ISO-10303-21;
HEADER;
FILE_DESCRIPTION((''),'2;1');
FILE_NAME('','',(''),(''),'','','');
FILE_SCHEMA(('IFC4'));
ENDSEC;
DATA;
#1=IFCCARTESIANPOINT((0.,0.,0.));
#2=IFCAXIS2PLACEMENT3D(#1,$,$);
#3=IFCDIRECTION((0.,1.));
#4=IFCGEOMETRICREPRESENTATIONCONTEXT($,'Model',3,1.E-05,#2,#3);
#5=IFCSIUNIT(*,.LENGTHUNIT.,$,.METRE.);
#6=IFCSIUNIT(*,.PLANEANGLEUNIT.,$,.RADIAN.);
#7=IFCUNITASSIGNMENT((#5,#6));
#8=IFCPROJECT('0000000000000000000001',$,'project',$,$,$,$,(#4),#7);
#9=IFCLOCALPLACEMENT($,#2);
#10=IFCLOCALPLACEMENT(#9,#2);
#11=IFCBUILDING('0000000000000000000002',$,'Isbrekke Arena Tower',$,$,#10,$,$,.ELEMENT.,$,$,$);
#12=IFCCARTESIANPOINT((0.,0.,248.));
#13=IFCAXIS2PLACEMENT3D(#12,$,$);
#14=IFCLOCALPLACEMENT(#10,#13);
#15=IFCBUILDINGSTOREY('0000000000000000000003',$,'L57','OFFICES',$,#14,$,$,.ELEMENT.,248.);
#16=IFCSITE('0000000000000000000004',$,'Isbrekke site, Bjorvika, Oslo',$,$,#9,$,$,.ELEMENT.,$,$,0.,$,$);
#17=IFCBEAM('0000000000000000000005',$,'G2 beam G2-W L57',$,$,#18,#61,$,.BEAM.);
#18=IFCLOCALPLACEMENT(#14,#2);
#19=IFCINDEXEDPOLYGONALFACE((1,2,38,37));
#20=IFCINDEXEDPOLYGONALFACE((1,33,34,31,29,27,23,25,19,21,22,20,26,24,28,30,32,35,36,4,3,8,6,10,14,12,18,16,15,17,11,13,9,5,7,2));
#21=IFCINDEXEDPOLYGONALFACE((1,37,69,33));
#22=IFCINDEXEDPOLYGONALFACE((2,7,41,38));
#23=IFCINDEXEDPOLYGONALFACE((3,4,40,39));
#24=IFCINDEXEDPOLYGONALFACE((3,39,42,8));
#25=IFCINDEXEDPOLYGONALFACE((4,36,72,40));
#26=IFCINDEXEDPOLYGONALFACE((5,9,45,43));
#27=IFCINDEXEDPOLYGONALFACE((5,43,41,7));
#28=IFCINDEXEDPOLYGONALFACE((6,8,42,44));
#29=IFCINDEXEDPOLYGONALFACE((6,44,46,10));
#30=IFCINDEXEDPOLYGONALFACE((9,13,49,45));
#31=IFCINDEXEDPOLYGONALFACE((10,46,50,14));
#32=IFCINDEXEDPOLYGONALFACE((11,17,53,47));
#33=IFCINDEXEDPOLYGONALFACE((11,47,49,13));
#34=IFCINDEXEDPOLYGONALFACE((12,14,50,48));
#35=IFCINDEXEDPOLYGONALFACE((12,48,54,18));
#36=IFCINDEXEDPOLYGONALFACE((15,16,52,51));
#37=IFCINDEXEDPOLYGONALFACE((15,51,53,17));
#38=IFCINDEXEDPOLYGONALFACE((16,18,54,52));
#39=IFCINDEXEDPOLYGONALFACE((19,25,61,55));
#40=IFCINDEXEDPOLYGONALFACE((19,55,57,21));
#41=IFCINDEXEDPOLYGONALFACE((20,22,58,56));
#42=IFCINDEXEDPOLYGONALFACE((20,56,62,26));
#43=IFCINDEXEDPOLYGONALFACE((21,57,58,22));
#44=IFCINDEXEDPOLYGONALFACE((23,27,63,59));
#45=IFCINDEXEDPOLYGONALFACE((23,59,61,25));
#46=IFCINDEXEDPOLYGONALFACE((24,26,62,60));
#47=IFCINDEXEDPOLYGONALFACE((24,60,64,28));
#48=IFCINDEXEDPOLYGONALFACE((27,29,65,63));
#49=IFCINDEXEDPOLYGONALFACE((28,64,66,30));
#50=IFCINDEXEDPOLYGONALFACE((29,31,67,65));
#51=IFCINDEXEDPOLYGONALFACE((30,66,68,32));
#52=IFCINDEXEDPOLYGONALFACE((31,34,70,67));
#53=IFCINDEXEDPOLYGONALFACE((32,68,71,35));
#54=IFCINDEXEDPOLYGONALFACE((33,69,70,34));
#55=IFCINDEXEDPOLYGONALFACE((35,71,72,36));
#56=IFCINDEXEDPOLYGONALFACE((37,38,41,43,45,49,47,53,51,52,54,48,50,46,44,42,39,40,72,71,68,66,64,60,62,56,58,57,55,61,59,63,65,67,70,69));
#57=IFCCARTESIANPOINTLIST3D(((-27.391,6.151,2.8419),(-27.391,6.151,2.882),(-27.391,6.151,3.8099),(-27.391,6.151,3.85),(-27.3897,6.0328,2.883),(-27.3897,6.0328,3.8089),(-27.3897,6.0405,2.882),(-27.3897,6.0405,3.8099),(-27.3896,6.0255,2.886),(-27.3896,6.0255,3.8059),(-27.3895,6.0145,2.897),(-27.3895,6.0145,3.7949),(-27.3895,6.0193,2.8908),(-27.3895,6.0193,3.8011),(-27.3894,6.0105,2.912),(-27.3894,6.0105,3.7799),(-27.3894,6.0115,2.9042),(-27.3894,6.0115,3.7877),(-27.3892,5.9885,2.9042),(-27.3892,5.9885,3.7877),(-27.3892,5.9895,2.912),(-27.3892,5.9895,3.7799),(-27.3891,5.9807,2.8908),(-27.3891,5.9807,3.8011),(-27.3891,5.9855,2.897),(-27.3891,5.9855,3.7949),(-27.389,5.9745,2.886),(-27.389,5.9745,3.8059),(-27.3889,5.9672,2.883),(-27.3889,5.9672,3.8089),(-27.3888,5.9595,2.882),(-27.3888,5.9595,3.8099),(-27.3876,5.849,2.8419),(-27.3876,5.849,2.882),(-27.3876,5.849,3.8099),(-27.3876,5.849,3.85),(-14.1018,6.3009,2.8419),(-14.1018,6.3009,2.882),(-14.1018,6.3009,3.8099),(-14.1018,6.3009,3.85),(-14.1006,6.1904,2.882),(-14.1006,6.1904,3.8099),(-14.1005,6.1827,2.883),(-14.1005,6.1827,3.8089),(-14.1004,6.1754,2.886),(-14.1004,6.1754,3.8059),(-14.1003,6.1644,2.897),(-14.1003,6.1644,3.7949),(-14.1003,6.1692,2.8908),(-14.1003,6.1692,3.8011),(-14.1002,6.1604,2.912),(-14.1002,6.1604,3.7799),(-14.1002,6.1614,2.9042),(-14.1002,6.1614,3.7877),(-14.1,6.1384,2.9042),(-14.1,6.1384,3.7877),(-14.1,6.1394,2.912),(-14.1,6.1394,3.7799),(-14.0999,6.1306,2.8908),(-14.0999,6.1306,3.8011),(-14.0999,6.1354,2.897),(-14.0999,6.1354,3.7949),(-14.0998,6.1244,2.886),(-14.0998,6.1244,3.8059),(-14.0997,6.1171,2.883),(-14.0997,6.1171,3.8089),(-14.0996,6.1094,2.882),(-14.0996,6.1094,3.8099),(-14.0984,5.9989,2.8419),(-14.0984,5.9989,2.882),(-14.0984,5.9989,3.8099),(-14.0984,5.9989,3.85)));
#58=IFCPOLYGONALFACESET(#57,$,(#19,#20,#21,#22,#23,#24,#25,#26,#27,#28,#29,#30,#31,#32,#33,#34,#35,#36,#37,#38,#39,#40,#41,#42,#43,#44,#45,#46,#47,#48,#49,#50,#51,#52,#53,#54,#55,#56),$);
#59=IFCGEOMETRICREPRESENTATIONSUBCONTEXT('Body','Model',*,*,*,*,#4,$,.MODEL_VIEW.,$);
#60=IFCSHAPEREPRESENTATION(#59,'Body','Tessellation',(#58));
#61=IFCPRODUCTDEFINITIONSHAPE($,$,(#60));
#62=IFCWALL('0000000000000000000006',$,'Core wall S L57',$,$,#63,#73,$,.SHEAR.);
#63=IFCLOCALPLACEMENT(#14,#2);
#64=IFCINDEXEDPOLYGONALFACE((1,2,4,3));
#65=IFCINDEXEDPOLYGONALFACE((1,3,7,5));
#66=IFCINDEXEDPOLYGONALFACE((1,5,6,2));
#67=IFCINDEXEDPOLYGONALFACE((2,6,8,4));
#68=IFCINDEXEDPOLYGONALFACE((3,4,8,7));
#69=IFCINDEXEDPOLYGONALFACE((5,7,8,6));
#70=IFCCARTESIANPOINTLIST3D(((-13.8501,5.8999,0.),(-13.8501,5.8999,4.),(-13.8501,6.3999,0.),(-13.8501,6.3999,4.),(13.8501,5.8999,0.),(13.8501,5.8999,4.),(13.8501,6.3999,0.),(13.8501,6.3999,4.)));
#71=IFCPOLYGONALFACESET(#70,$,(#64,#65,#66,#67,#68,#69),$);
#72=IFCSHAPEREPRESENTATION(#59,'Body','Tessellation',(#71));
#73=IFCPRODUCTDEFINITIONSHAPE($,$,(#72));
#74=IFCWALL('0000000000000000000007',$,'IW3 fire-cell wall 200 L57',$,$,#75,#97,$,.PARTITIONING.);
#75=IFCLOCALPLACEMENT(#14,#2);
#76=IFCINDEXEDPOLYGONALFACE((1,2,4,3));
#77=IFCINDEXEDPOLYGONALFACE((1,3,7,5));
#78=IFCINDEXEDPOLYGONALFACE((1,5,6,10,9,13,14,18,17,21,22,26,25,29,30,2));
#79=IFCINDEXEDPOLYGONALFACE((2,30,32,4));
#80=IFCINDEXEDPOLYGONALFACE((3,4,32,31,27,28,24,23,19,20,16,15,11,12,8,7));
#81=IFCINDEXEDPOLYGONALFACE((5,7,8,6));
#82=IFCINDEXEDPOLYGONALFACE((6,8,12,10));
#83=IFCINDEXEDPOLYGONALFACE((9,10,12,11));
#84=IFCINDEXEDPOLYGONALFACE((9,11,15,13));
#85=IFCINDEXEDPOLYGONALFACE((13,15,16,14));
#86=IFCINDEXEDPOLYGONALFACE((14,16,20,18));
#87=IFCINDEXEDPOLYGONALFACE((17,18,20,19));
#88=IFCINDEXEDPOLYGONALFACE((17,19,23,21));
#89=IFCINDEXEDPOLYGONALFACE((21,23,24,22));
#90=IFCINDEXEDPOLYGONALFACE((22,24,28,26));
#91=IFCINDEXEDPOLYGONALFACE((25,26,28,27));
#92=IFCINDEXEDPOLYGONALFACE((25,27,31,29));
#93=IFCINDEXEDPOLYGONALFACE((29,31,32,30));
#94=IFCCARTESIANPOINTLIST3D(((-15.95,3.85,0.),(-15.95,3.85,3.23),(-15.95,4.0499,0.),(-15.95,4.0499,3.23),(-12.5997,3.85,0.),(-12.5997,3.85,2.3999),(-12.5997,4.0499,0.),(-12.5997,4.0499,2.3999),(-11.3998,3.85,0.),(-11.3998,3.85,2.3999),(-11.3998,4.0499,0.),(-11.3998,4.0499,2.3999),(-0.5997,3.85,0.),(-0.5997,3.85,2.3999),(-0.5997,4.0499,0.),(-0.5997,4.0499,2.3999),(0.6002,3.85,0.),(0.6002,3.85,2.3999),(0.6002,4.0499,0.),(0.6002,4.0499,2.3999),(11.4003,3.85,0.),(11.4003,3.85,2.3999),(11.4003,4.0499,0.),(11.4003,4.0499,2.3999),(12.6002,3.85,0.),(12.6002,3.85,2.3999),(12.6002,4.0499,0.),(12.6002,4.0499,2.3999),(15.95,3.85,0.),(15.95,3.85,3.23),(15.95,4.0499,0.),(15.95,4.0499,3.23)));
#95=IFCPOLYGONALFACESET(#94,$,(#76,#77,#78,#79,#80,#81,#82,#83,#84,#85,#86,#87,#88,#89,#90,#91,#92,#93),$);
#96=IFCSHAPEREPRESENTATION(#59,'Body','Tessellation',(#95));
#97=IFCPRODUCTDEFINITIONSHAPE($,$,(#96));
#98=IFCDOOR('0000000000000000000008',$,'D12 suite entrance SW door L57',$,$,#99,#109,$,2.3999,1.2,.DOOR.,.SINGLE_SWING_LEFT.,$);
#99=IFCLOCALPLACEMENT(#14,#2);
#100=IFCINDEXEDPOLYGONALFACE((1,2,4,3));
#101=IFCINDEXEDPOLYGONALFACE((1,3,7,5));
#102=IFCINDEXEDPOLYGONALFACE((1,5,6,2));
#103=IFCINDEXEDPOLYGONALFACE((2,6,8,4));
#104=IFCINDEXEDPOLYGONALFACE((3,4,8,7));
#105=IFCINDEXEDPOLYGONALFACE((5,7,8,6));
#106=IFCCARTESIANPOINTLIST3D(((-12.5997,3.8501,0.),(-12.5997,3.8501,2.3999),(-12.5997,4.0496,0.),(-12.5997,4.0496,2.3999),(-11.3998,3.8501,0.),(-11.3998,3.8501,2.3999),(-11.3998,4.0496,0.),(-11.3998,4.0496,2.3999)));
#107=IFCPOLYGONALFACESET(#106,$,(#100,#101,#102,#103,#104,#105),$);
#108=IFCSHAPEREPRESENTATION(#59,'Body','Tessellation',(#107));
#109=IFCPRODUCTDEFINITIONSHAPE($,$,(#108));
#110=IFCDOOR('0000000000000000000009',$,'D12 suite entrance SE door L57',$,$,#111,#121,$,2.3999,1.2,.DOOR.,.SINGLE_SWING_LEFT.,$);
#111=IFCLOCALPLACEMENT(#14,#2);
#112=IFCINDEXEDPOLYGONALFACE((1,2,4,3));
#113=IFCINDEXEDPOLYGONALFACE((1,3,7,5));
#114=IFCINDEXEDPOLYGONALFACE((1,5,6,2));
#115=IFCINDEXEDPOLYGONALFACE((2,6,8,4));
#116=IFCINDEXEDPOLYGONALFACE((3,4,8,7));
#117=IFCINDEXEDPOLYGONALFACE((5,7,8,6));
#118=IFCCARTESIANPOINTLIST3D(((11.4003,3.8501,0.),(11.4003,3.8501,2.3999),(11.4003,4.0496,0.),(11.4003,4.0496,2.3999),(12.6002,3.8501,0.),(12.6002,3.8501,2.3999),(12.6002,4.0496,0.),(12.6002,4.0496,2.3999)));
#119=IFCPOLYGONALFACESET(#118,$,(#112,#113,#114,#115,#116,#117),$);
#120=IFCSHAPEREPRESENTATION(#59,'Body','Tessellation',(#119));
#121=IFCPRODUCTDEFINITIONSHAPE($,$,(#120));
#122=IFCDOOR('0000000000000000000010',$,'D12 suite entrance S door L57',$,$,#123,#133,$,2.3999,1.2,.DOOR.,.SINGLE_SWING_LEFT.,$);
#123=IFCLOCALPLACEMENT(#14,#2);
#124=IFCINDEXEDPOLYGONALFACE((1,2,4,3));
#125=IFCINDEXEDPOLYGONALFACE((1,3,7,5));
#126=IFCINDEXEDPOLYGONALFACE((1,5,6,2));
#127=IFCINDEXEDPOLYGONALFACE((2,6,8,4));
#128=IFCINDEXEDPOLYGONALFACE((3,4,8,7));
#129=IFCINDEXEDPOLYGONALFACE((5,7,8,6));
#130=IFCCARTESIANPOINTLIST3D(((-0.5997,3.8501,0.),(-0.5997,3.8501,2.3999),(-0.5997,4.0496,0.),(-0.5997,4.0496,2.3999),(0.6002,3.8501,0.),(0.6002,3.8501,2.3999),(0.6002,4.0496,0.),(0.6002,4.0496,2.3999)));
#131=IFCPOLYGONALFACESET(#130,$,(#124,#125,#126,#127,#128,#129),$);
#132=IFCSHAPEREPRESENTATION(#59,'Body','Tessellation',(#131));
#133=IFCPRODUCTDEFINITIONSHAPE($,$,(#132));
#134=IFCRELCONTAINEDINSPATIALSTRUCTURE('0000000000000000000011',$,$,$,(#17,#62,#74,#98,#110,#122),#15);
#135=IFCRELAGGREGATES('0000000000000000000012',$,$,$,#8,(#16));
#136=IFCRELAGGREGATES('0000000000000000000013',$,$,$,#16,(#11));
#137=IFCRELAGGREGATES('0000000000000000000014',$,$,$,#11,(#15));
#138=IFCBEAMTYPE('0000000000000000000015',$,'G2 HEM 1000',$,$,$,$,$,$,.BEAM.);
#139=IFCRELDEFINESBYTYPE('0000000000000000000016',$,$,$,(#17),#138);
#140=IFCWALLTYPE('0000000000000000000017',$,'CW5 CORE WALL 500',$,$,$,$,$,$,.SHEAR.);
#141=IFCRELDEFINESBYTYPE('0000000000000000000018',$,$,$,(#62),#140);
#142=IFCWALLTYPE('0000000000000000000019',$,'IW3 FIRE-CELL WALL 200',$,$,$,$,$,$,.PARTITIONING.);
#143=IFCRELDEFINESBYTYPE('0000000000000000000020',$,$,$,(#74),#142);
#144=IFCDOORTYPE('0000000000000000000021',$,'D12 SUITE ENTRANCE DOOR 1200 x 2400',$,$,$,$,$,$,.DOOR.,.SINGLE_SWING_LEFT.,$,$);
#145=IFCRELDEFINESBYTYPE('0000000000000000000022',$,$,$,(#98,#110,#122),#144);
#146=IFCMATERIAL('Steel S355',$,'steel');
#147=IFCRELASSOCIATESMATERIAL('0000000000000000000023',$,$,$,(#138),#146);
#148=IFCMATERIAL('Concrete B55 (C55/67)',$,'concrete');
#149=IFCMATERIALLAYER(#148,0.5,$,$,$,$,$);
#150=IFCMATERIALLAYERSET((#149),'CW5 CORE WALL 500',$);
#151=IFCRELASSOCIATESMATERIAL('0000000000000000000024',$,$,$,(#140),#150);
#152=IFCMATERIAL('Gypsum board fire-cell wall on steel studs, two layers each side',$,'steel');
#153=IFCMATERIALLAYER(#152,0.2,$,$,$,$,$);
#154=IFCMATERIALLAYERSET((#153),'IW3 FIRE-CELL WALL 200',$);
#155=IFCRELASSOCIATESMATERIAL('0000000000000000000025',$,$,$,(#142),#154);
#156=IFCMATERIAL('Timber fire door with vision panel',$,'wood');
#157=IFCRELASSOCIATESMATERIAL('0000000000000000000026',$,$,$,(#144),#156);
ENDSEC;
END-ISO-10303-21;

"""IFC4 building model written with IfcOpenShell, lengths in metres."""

from ifc_helpers import new_model, si_unit, direction, frame, frame_2d, origin, origin_2d, place, context, subcontext, project, spatial, rectangle, i_section, extrude, material, layer, layer_set, material_profile, profile_set, type_object, element, fill, save


model = new_model("IFC4")

# Units and contexts
model_context = context("Model", 3, precision=1e-05, world=origin(), true_north=direction((0.0, 1.0)))
body_context = subcontext(model_context, "Body", "Model", "MODEL_VIEW")
ifc_project = project(units=[si_unit("LENGTHUNIT", "METRE"), si_unit("PLANEANGLEUNIT", "RADIAN")], contexts=[model_context])

# Site, building, storey
site_placement = place(None, origin())
site = spatial("IfcSite", under=ifc_project, at=site_placement, Name="Isbrekke site, Bjorvika, Oslo", CompositionType="ELEMENT", RefElevation=0.0)
building_placement = place(site_placement, origin())
building = spatial("IfcBuilding", under=site, at=building_placement, Name="Isbrekke Arena Tower", CompositionType="ELEMENT")
storey_placement = place(building_placement, frame((0.0, 0.0, 248.0)))
storey = spatial("IfcBuildingStorey", under=building, at=storey_placement, Name="L57", Description="OFFICES", CompositionType="ELEMENT", Elevation=248.0)

# Beam
ifc_material_1 = material(Name="Steel S355", Category="steel")
ifc_material_profile = material_profile(ifc_material_1, i_section(OverallWidth=0.302, OverallDepth=1.0081, WebThickness=0.021, FlangeThickness=0.04, FilletRadius=0.03, at=origin_2d()), Name="HEM 1000")
ifc_profile_set = profile_set([ifc_material_profile], Name="Steel S355")
beam_type = type_object("IfcBeamType", Name="G2 HEM 1000", PredefinedType="BEAM", material=ifc_profile_set)
beam_placement = place(storey_placement, frame((-14.1001, 6.1499, 3.3459), z_axis=(-0.999936, -0.011279, 0.0), x_axis=(0.011279, -0.999936, 0.0)))
element("IfcBeam", 1, at=beam_placement, inside=storey, type_object=beam_type, Name="G2 beam G2-W L57", PredefinedType="BEAM", context=body_context, shape_type="SweptSolid", body=[
    extrude(i_section(OverallWidth=0.302, OverallDepth=1.0081, WebThickness=0.021, FlangeThickness=0.04, FilletRadius=0.03, at=origin_2d()), origin(), (0.0, 0.0, 1.0), 13.29),
])

# Wall
ifc_material_2 = material(Name="Concrete B55 (C55/67)", Category="concrete")
ifc_layer_1 = layer(ifc_material_2, 0.5)
ifc_layer_set_1 = layer_set([ifc_layer_1], Name="CW5 CORE WALL 500")
wall_type_1 = type_object("IfcWallType", Name="CW5 CORE WALL 500", PredefinedType="SHEAR", material=ifc_layer_set_1)
wall_1_placement = place(storey_placement, frame((-13.8501, 6.1499, 0.0), z_axis=(0.0, 0.0, 1.0), x_axis=(1.0, 0.0, 0.0)))
element("IfcWall", 2, at=wall_1_placement, inside=storey, type_object=wall_type_1, Name="Core wall S L57", PredefinedType="SHEAR", context=body_context, shape_type="SweptSolid", body=[
    extrude(rectangle(XDim=27.7002, YDim=0.5, at=frame_2d((13.8501, 0.0))), origin(), (0.0, 0.0, 1.0), 4.0),
])

# Wall, openings, doors
ifc_material_3 = material(Name="Gypsum board fire-cell wall on steel studs, two layers each side", Category="steel")
ifc_layer_2 = layer(ifc_material_3, 0.2)
ifc_layer_set_2 = layer_set([ifc_layer_2], Name="IW3 FIRE-CELL WALL 200")
wall_type_2 = type_object("IfcWallType", Name="IW3 FIRE-CELL WALL 200", PredefinedType="PARTITIONING", material=ifc_layer_set_2)
wall_2_placement = place(storey_placement, frame((-15.95, 3.95, 0.0), z_axis=(0.0, 0.0, 1.0), x_axis=(1.0, 0.0, 0.0)))
wall_2 = element("IfcWall", 3, at=wall_2_placement, inside=storey, type_object=wall_type_2, Name="IW3 fire-cell wall 200 L57", PredefinedType="PARTITIONING", context=body_context, shape_type="SweptSolid", body=[
    extrude(rectangle(XDim=31.8999, YDim=0.2, at=frame_2d((15.95, 0.0))), origin(), (0.0, 0.0, 1.0), 3.23),
])
opening_1_placement = place(wall_2_placement, frame((3.3501, 0.0, 0.0)))
opening_1 = element("IfcOpeningElement", 4, at=opening_1_placement, cuts=wall_2, PredefinedType="OPENING", context=body_context, shape_type="SweptSolid", body=[
    extrude(rectangle(XDim=1.2, YDim=2.3999, at=frame_2d((0.6001, 1.2))), frame((0.0, 0.1147, 0.0), z_axis=(0.0, -1.0, 0.0), x_axis=(1.0, 0.0, 0.0)), (0.0, 0.0, 1.0), 0.2297),
])
opening_2_placement = place(wall_2_placement, frame((27.3501, 0.0, 0.0)))
opening_2 = element("IfcOpeningElement", 5, at=opening_2_placement, cuts=wall_2, PredefinedType="OPENING", context=body_context, shape_type="SweptSolid", body=[
    extrude(rectangle(XDim=1.2, YDim=2.3999, at=frame_2d((0.6001, 1.2))), frame((0.0, 0.1147, 0.0), z_axis=(0.0, -1.0, 0.0), x_axis=(1.0, 0.0, 0.0)), (0.0, 0.0, 1.0), 0.2297),
])
opening_3_placement = place(wall_2_placement, frame((15.3501, 0.0, 0.0)))
opening_3 = element("IfcOpeningElement", 6, at=opening_3_placement, cuts=wall_2, PredefinedType="OPENING", context=body_context, shape_type="SweptSolid", body=[
    extrude(rectangle(XDim=1.2, YDim=2.3999, at=frame_2d((0.6001, 1.2))), frame((0.0, 0.1147, 0.0), z_axis=(0.0, -1.0, 0.0), x_axis=(1.0, 0.0, 0.0)), (0.0, 0.0, 1.0), 0.2297),
])
ifc_material_4 = material(Name="Timber fire door with vision panel", Category="wood")
door_type = type_object("IfcDoorType", Name="D12 SUITE ENTRANCE DOOR 1200 x 2400", OperationType="SINGLE_SWING_LEFT", PredefinedType="DOOR", material=ifc_material_4)
door_1_placement = place(opening_1_placement, origin())
door_1 = element("IfcDoor", 7, at=door_1_placement, inside=storey, type_object=door_type, Name="D12 suite entrance SW door L57", OperationType="SINGLE_SWING_LEFT", OverallHeight=2.3999, OverallWidth=1.2, PredefinedType="DOOR", context=body_context, shape_type="SweptSolid", body=[
    extrude(rectangle(XDim=1.2, YDim=2.3999, at=frame_2d((0.6001, 1.2))), frame((0.0, 0.0996, 0.0), z_axis=(0.0, -1.0, 0.0), x_axis=(1.0, 0.0, 0.0)), (0.0, 0.0, 1.0), 0.1995),
])
fill(opening_1, door_1)
door_2_placement = place(opening_2_placement, origin())
door_2 = element("IfcDoor", 8, at=door_2_placement, inside=storey, type_object=door_type, Name="D12 suite entrance SE door L57", OperationType="SINGLE_SWING_LEFT", OverallHeight=2.3999, OverallWidth=1.2, PredefinedType="DOOR", context=body_context, shape_type="SweptSolid", body=[
    extrude(rectangle(XDim=1.2, YDim=2.3999, at=frame_2d((0.6001, 1.2))), frame((0.0, 0.0996, 0.0), z_axis=(0.0, -1.0, 0.0), x_axis=(1.0, 0.0, 0.0)), (0.0, 0.0, 1.0), 0.1995),
])
fill(opening_2, door_2)
door_3_placement = place(opening_3_placement, origin())
door_3 = element("IfcDoor", 9, at=door_3_placement, inside=storey, type_object=door_type, Name="D12 suite entrance S door L57", OperationType="SINGLE_SWING_LEFT", OverallHeight=2.3999, OverallWidth=1.2, PredefinedType="DOOR", context=body_context, shape_type="SweptSolid", body=[
    extrude(rectangle(XDim=1.2, YDim=2.3999, at=frame_2d((0.6001, 1.2))), frame((0.0, 0.0996, 0.0), z_axis=(0.0, -1.0, 0.0), x_axis=(1.0, 0.0, 0.0)), (0.0, 0.0, 1.0), 0.1995),
])
fill(opening_3, door_3)

save(model, "model.ifc")
